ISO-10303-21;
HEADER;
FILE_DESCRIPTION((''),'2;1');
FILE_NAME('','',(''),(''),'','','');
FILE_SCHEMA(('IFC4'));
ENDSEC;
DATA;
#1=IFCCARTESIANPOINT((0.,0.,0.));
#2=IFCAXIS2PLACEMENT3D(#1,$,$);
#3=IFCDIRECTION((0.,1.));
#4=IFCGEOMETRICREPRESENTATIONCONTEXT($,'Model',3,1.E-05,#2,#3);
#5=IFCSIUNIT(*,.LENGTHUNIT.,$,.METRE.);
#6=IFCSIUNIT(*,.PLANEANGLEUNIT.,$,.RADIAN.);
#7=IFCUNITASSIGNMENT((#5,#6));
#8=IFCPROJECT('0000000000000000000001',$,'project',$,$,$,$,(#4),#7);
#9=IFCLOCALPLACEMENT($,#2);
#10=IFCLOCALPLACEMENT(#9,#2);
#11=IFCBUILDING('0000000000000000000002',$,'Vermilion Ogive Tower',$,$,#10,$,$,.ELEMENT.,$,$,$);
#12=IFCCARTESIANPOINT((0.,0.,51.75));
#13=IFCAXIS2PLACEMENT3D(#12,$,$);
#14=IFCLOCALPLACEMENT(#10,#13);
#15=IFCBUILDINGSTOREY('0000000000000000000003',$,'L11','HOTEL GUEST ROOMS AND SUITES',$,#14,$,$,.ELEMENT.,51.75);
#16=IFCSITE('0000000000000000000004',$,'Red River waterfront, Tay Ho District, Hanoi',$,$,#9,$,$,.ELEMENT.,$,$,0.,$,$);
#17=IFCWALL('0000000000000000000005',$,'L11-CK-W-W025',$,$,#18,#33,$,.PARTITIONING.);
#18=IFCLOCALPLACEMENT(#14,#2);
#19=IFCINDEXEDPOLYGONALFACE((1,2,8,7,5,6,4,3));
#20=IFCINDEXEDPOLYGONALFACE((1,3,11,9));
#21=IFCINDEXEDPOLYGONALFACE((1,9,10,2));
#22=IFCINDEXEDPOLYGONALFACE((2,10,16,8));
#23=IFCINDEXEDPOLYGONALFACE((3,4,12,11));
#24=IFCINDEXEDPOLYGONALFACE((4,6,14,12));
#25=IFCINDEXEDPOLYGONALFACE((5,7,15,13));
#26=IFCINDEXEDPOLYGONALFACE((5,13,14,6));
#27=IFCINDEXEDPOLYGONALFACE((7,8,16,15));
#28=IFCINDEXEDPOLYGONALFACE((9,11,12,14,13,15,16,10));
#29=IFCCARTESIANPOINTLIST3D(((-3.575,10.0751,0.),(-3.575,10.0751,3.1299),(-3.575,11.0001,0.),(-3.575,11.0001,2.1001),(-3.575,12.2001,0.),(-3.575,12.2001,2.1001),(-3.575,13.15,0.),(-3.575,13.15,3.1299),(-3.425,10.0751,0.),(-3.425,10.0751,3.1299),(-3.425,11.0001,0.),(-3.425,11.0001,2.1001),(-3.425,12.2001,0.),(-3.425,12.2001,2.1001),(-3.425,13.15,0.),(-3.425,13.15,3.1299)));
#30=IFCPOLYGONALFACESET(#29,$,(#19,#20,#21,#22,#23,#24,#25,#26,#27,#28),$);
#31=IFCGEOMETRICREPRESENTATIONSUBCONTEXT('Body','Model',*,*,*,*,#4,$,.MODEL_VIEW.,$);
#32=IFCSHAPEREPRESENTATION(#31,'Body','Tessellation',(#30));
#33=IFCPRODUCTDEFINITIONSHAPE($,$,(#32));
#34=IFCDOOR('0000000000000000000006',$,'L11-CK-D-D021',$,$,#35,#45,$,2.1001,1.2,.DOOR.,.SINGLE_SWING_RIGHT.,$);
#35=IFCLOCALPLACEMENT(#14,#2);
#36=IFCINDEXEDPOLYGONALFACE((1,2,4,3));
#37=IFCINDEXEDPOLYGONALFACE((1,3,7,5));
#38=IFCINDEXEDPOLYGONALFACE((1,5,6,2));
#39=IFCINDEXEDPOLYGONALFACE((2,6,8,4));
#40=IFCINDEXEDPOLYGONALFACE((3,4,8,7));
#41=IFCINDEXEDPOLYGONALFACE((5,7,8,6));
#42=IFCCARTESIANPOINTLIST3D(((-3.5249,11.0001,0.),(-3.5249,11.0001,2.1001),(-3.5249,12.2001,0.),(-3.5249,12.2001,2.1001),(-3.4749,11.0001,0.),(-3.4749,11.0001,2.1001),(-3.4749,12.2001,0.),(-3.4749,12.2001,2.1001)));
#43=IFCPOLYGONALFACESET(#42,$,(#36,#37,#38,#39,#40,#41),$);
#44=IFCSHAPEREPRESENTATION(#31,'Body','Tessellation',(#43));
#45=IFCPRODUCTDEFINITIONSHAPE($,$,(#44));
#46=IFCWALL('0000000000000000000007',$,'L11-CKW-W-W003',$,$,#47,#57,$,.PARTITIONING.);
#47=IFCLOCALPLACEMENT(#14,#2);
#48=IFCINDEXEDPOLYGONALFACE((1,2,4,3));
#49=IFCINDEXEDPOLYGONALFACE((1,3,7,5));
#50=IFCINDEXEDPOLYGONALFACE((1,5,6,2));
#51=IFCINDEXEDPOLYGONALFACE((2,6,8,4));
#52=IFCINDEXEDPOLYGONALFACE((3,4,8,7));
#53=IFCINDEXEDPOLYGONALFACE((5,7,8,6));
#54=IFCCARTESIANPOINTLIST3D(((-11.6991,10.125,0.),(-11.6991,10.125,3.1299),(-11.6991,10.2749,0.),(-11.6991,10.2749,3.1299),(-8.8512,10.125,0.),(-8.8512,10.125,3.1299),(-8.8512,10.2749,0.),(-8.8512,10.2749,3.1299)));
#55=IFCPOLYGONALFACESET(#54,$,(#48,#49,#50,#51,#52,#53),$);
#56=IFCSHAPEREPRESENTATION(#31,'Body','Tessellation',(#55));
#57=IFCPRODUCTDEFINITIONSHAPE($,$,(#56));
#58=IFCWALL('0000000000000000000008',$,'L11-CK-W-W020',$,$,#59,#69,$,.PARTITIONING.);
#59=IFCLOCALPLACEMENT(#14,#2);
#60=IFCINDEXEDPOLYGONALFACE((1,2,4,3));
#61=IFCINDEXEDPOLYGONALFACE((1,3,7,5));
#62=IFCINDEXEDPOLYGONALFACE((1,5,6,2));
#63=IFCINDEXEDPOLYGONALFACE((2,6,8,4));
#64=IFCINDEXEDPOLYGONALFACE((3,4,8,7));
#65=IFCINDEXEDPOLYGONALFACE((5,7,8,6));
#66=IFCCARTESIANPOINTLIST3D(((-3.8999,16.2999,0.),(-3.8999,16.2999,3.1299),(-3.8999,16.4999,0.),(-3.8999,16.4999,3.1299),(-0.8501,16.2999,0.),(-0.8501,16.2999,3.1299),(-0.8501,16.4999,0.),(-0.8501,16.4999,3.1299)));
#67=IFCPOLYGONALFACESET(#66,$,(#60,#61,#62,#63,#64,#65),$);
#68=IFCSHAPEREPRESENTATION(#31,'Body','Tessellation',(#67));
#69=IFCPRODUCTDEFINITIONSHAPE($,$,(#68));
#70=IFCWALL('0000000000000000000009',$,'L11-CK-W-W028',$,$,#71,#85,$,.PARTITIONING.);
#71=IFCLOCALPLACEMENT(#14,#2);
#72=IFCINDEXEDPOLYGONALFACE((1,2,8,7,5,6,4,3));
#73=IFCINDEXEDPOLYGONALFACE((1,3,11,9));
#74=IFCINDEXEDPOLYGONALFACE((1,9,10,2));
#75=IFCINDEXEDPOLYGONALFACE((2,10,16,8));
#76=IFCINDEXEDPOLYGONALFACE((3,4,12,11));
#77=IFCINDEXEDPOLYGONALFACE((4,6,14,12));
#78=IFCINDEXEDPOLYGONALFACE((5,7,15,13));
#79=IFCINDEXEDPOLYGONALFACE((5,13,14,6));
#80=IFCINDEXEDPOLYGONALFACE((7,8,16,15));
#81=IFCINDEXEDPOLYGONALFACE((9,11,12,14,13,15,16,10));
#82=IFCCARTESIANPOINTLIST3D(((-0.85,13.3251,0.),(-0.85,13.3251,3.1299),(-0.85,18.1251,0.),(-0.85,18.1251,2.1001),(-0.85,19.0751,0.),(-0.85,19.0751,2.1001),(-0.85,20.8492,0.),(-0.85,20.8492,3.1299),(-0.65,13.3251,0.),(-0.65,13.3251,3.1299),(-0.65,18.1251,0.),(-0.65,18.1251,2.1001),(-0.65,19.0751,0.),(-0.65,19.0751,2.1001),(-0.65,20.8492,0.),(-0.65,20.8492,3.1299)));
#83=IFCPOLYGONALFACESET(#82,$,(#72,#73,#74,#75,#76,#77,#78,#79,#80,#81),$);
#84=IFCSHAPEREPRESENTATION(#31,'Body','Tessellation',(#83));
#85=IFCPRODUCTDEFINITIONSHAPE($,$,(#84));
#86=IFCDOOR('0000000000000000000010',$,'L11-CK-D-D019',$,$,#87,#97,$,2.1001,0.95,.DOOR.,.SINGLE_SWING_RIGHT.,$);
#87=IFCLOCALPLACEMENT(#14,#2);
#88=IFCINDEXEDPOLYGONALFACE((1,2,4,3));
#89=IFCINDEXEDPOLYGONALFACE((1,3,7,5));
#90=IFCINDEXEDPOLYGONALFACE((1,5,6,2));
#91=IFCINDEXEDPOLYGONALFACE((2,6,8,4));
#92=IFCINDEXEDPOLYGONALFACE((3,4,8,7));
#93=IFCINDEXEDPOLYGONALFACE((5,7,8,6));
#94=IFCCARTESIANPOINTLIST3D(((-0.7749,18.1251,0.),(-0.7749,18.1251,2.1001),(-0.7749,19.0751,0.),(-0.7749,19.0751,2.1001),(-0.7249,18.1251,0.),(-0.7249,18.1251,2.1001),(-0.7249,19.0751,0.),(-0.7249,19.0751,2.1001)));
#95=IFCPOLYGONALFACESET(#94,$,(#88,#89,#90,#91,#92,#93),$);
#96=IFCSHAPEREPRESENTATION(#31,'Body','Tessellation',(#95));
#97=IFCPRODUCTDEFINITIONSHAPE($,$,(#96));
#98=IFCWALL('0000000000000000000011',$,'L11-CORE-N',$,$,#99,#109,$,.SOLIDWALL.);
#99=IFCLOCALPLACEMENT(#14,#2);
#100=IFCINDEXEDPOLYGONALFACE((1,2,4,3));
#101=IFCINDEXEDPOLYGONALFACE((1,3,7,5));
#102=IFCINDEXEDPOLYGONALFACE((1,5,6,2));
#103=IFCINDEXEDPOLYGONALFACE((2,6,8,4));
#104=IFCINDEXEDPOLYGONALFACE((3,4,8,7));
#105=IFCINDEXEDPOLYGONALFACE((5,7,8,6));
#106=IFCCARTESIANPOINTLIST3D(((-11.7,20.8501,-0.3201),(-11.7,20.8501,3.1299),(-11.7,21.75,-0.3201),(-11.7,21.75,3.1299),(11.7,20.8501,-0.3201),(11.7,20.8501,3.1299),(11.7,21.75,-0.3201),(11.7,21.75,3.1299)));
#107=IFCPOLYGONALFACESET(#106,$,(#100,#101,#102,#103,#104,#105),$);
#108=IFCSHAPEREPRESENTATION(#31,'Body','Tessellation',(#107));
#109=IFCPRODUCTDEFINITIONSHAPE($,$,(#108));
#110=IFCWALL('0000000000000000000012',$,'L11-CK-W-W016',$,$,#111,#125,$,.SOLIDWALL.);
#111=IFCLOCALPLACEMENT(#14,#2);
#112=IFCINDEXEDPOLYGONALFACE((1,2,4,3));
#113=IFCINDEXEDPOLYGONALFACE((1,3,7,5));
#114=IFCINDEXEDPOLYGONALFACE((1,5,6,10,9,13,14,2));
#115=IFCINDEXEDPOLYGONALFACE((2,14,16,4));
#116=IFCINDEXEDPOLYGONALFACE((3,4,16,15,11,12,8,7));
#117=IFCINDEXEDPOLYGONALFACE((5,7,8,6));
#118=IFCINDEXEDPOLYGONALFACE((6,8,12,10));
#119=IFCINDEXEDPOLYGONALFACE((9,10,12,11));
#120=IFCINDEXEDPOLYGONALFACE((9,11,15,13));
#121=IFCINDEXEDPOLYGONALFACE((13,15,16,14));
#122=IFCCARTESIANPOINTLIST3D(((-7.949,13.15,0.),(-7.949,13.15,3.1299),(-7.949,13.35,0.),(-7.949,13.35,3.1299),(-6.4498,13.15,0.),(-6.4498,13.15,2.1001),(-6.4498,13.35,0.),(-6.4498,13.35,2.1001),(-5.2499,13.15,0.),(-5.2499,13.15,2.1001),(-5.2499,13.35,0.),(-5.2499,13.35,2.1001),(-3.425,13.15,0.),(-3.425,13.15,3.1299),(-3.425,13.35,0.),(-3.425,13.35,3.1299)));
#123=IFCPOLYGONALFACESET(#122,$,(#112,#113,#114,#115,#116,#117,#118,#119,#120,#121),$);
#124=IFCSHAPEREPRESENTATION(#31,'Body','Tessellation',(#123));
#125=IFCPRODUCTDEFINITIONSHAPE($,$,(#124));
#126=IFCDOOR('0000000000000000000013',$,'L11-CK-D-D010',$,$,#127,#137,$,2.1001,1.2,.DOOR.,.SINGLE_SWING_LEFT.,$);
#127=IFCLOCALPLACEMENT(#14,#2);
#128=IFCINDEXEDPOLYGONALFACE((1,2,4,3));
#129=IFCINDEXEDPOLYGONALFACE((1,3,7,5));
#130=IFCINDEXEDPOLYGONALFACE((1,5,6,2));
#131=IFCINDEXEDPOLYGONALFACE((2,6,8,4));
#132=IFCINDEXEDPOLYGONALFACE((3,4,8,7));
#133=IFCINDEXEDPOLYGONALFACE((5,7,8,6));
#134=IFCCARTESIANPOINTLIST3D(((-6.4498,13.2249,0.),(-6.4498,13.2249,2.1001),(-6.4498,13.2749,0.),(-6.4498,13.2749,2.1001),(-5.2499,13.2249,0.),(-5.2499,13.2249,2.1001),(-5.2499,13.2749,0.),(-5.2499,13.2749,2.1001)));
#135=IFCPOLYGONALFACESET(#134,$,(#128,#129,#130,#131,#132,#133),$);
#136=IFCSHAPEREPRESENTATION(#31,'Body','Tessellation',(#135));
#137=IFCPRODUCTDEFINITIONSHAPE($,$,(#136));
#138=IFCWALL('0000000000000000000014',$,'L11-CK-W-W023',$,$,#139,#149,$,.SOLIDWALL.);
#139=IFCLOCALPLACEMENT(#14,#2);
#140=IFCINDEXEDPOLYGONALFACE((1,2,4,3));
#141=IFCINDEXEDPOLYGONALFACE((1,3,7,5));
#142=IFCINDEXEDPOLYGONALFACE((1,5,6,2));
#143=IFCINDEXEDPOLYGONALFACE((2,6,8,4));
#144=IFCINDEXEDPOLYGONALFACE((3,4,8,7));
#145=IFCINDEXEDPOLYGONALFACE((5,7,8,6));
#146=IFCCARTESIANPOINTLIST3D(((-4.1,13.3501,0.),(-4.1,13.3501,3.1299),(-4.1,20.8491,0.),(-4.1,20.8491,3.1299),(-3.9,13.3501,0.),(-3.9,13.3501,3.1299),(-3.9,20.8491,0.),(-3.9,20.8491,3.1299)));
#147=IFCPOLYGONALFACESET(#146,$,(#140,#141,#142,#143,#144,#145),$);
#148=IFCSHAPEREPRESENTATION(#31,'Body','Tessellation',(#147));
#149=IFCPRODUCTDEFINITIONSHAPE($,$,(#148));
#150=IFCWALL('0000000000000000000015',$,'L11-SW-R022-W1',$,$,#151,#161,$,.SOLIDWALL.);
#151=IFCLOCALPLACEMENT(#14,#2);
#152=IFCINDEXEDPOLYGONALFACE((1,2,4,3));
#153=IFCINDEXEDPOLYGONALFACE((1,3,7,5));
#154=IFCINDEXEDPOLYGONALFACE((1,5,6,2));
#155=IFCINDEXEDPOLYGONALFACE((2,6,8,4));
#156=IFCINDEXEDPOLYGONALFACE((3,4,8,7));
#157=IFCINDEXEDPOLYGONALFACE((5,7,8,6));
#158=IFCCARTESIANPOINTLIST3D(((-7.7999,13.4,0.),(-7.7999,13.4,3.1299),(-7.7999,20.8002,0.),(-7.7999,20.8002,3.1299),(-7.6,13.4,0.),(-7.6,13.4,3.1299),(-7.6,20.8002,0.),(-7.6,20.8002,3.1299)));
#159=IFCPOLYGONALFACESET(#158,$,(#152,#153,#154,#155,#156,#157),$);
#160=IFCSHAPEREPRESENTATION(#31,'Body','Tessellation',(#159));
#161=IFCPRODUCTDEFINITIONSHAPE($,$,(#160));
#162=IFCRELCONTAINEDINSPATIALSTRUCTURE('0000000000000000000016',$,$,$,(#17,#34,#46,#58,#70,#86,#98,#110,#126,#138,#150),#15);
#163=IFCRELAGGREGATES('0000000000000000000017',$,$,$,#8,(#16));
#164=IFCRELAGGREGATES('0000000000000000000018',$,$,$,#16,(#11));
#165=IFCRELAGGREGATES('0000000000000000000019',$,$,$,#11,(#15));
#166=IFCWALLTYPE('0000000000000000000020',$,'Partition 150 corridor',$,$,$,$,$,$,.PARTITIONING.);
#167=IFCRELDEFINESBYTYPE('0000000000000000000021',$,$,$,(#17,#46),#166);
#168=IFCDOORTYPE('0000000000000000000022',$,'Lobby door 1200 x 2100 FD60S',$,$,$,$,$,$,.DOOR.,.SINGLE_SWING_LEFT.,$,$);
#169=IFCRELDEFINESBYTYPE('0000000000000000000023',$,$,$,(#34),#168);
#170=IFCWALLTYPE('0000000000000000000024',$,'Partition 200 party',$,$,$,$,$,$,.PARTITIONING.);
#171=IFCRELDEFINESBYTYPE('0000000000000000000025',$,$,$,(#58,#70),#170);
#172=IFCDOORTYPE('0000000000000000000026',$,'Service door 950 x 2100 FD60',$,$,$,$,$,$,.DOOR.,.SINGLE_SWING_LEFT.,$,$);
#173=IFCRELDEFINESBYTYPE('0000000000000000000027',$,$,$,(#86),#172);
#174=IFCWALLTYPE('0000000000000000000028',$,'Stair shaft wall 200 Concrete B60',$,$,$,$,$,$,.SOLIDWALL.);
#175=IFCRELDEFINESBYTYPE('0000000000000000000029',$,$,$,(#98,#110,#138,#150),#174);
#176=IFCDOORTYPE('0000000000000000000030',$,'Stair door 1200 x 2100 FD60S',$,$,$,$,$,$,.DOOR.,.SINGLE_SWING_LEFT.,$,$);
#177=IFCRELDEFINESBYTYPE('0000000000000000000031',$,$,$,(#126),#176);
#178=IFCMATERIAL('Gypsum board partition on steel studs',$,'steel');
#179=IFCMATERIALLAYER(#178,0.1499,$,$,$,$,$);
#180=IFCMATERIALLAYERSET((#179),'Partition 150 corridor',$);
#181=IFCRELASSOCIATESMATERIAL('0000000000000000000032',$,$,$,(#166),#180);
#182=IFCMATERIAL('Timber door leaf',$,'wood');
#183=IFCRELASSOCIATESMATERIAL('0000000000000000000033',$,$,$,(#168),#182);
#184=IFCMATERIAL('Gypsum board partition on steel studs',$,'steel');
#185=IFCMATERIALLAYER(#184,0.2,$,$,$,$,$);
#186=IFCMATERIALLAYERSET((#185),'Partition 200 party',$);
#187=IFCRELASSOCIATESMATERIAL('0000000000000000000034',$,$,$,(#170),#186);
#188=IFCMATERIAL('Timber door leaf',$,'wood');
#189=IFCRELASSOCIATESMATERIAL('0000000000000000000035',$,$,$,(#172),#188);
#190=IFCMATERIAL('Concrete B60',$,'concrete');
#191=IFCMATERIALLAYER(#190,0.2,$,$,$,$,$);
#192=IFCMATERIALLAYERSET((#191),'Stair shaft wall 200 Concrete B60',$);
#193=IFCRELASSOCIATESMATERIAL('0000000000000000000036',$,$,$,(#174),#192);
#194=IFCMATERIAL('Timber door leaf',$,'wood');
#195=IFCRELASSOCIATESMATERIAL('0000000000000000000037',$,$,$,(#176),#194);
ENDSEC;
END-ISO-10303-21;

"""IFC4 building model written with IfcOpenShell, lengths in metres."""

from ifc_helpers import new_model, si_unit, direction, frame, frame_2d, origin, place, context, subcontext, project, spatial, rectangle, extrude, material, layer, layer_set, type_object, element, fill, save


model = new_model("IFC4")

# Units and contexts
model_context = context("Model", 3, precision=1e-05, world=origin(), true_north=direction((0.0, 1.0)))
body_context = subcontext(model_context, "Body", "Model", "MODEL_VIEW")
ifc_project = project(units=[si_unit("LENGTHUNIT", "METRE"), si_unit("PLANEANGLEUNIT", "RADIAN")], contexts=[model_context])

# Site, building, storey
site_placement = place(None, origin())
site = spatial("IfcSite", under=ifc_project, at=site_placement, Name="Red River waterfront, Tay Ho District, Hanoi", CompositionType="ELEMENT", RefElevation=0.0)
building_placement = place(site_placement, origin())
building = spatial("IfcBuilding", under=site, at=building_placement, Name="Vermilion Ogive Tower", CompositionType="ELEMENT")
storey_placement = place(building_placement, frame((0.0, 0.0, 51.75)))
storey = spatial("IfcBuildingStorey", under=building, at=storey_placement, Name="L11", Description="HOTEL GUEST ROOMS AND SUITES", CompositionType="ELEMENT", Elevation=51.75)

# Shared definitions
ifc_material_1 = material(Name="Gypsum board partition on steel studs", Category="steel")
ifc_layer_1 = layer(ifc_material_1, 0.1499)
ifc_layer_set_1 = layer_set([ifc_layer_1], Name="Partition 150 corridor")
wall_type_1 = type_object("IfcWallType", Name="Partition 150 corridor", PredefinedType="PARTITIONING", material=ifc_layer_set_1)

# Wall, opening, door
wall_1_placement = place(storey_placement, frame((-3.5, 10.075, 0.0), z_axis=(0.0, 0.0, 1.0), x_axis=(0.0, 1.0, 0.0)))
wall_1 = element("IfcWall", 1, at=wall_1_placement, inside=storey, type_object=wall_type_1, Name="L11-CK-W-W025", PredefinedType="PARTITIONING", context=body_context, shape_type="SweptSolid", body=[
    extrude(rectangle(XDim=3.075, YDim=0.1499, at=frame_2d((1.5376, 0.0))), origin(), (0.0, 0.0, 1.0), 3.1299),
])
opening_1_placement = place(wall_1_placement, frame((0.925, 0.0, 0.0)))
opening_1 = element("IfcOpeningElement", 2, at=opening_1_placement, cuts=wall_1, PredefinedType="OPENING", context=body_context, shape_type="SweptSolid", body=[
    extrude(rectangle(XDim=1.2, YDim=2.1001, at=frame_2d((0.6001, 1.05))), frame((0.0, 0.085, 0.0), z_axis=(0.0, -1.0, 0.0), x_axis=(1.0, 0.0, 0.0)), (0.0, 0.0, 1.0), 0.1699),
])
ifc_material_2 = material(Name="Timber door leaf", Category="wood")
door_type_1 = type_object("IfcDoorType", Name="Lobby door 1200 x 2100 FD60S", OperationType="SINGLE_SWING_LEFT", PredefinedType="DOOR", material=ifc_material_2)
door_1_placement = place(opening_1_placement, origin())
door_1 = element("IfcDoor", 3, at=door_1_placement, inside=storey, type_object=door_type_1, Name="L11-CK-D-D021", OperationType="SINGLE_SWING_RIGHT", OverallHeight=2.1001, OverallWidth=1.2, PredefinedType="DOOR", context=body_context, shape_type="SweptSolid", body=[
    extrude(rectangle(XDim=1.2, YDim=2.1001, at=frame_2d((0.6001, 1.05))), frame((0.0, 0.0249, 0.0), z_axis=(0.0, -1.0, 0.0), x_axis=(1.0, 0.0, 0.0)), (0.0, 0.0, 1.0), 0.05),
])
fill(opening_1, door_1)

# Walls
wall_2_placement = place(storey_placement, frame((-11.699, 10.2, 0.0), z_axis=(0.0, 0.0, 1.0), x_axis=(1.0, 0.0, 0.0)))
element("IfcWall", 4, at=wall_2_placement, inside=storey, type_object=wall_type_1, Name="L11-CKW-W-W003", PredefinedType="PARTITIONING", context=body_context, shape_type="SweptSolid", body=[
    extrude(rectangle(XDim=2.8479, YDim=0.1499, at=frame_2d((1.4238, 0.0))), origin(), (0.0, 0.0, 1.0), 3.1299),
])
ifc_material_3 = material(Name="Gypsum board partition on steel studs", Category="steel")
ifc_layer_2 = layer(ifc_material_3, 0.2)
ifc_layer_set_2 = layer_set([ifc_layer_2], Name="Partition 200 party")
wall_type_2 = type_object("IfcWallType", Name="Partition 200 party", PredefinedType="PARTITIONING", material=ifc_layer_set_2)
wall_3_placement = place(storey_placement, frame((-3.8999, 16.3999, 0.0), z_axis=(0.0, 0.0, 1.0), x_axis=(1.0, 0.0, 0.0)))
element("IfcWall", 5, at=wall_3_placement, inside=storey, type_object=wall_type_2, Name="L11-CK-W-W020", PredefinedType="PARTITIONING", context=body_context, shape_type="SweptSolid", body=[
    extrude(rectangle(XDim=3.0498, YDim=0.2, at=frame_2d((1.5249, 0.0))), origin(), (0.0, 0.0, 1.0), 3.1299),
])

# Wall, opening, door
wall_4_placement = place(storey_placement, frame((-0.75, 13.325, 0.0), z_axis=(0.0, 0.0, 1.0), x_axis=(0.0, 1.0, 0.0)))
wall_4 = element("IfcWall", 6, at=wall_4_placement, inside=storey, type_object=wall_type_2, Name="L11-CK-W-W028", PredefinedType="PARTITIONING", context=body_context, shape_type="SweptSolid", body=[
    extrude(rectangle(XDim=7.5242, YDim=0.2, at=frame_2d((3.7622, 0.0))), origin(), (0.0, 0.0, 1.0), 3.1299),
])
opening_2_placement = place(wall_4_placement, frame((4.8, 0.0, 0.0)))
opening_2 = element("IfcOpeningElement", 7, at=opening_2_placement, cuts=wall_4, PredefinedType="OPENING", context=body_context, shape_type="SweptSolid", body=[
    extrude(rectangle(XDim=0.95, YDim=2.1001, at=frame_2d((0.4751, 1.05))), frame((0.0, 0.1099, 0.0), z_axis=(0.0, -1.0, 0.0), x_axis=(1.0, 0.0, 0.0)), (0.0, 0.0, 1.0), 0.22),
])
ifc_material_4 = material(Name="Timber door leaf", Category="wood")
door_type_2 = type_object("IfcDoorType", Name="Service door 950 x 2100 FD60", OperationType="SINGLE_SWING_LEFT", PredefinedType="DOOR", material=ifc_material_4)
door_2_placement = place(opening_2_placement, origin())
door_2 = element("IfcDoor", 8, at=door_2_placement, inside=storey, type_object=door_type_2, Name="L11-CK-D-D019", OperationType="SINGLE_SWING_RIGHT", OverallHeight=2.1001, OverallWidth=0.95, PredefinedType="DOOR", context=body_context, shape_type="SweptSolid", body=[
    extrude(rectangle(XDim=0.95, YDim=2.1001, at=frame_2d((0.4751, 1.05))), frame((0.0, 0.0249, 0.0), z_axis=(0.0, -1.0, 0.0), x_axis=(1.0, 0.0, 0.0)), (0.0, 0.0, 1.0), 0.05),
])
fill(opening_2, door_2)

# Wall
ifc_material_5 = material(Name="Concrete B60", Category="concrete")
ifc_layer_3 = layer(ifc_material_5, 0.2)
ifc_layer_set_3 = layer_set([ifc_layer_3], Name="Stair shaft wall 200 Concrete B60")
wall_type_3 = type_object("IfcWallType", Name="Stair shaft wall 200 Concrete B60", PredefinedType="SOLIDWALL", material=ifc_layer_set_3)
wall_5_placement = place(storey_placement, frame((-11.7, 21.3, -0.3201), z_axis=(0.0, 0.0, 1.0), x_axis=(1.0, 0.0, 0.0)))
element("IfcWall", 9, at=wall_5_placement, inside=storey, type_object=wall_type_3, Name="L11-CORE-N", PredefinedType="SOLIDWALL", context=body_context, shape_type="SweptSolid", body=[
    extrude(rectangle(XDim=23.3999, YDim=0.8999, at=frame_2d((11.7, 0.0))), origin(), (0.0, 0.0, 1.0), 3.45),
])

# Wall, opening, door
wall_6_placement = place(storey_placement, frame((-7.949, 13.25, 0.0), z_axis=(0.0, 0.0, 1.0), x_axis=(1.0, 0.0, 0.0)))
wall_6 = element("IfcWall", 10, at=wall_6_placement, inside=storey, type_object=wall_type_3, Name="L11-CK-W-W016", PredefinedType="SOLIDWALL", context=body_context, shape_type="SweptSolid", body=[
    extrude(rectangle(XDim=4.5239, YDim=0.2, at=frame_2d((2.262, 0.0))), origin(), (0.0, 0.0, 1.0), 3.1299),
])
opening_3_placement = place(wall_6_placement, frame((1.499, 0.0, 0.0)))
opening_3 = element("IfcOpeningElement", 11, at=opening_3_placement, cuts=wall_6, PredefinedType="OPENING", context=body_context, shape_type="SweptSolid", body=[
    extrude(rectangle(XDim=1.2, YDim=2.1001, at=frame_2d((0.6001, 1.05))), frame((0.0, 0.1099, 0.0), z_axis=(0.0, -1.0, 0.0), x_axis=(1.0, 0.0, 0.0)), (0.0, 0.0, 1.0), 0.22),
])
ifc_material_6 = material(Name="Timber door leaf", Category="wood")
door_type_3 = type_object("IfcDoorType", Name="Stair door 1200 x 2100 FD60S", OperationType="SINGLE_SWING_LEFT", PredefinedType="DOOR", material=ifc_material_6)
door_3_placement = place(opening_3_placement, origin())
door_3 = element("IfcDoor", 12, at=door_3_placement, inside=storey, type_object=door_type_3, Name="L11-CK-D-D010", OperationType="SINGLE_SWING_LEFT", OverallHeight=2.1001, OverallWidth=1.2, PredefinedType="DOOR", context=body_context, shape_type="SweptSolid", body=[
    extrude(rectangle(XDim=1.2, YDim=2.1001, at=frame_2d((0.6001, 1.05))), frame((0.0, 0.0249, 0.0), z_axis=(0.0, -1.0, 0.0), x_axis=(1.0, 0.0, 0.0)), (0.0, 0.0, 1.0), 0.05),
])
fill(opening_3, door_3)

# Walls
wall_7_placement = place(storey_placement, frame((-4.0, 13.3501, 0.0), z_axis=(0.0, 0.0, 1.0), x_axis=(0.0, 1.0, 0.0)))
element("IfcWall", 13, at=wall_7_placement, inside=storey, type_object=wall_type_3, Name="L11-CK-W-W023", PredefinedType="SOLIDWALL", context=body_context, shape_type="SweptSolid", body=[
    extrude(rectangle(XDim=7.499, YDim=0.2, at=frame_2d((3.7495, 0.0))), origin(), (0.0, 0.0, 1.0), 3.1299),
])
wall_8_placement = place(storey_placement, frame((-7.7, 13.3999, 0.0), z_axis=(0.0, 0.0, 1.0), x_axis=(0.0, 1.0, 0.0)))
element("IfcWall", 14, at=wall_8_placement, inside=storey, type_object=wall_type_3, Name="L11-SW-R022-W1", PredefinedType="SOLIDWALL", context=body_context, shape_type="SweptSolid", body=[
    extrude(rectangle(XDim=7.4001, YDim=0.2, at=frame_2d((3.7002, 0.0))), origin(), (0.0, 0.0, 1.0), 3.1299),
])

save(model, "model.ifc")
